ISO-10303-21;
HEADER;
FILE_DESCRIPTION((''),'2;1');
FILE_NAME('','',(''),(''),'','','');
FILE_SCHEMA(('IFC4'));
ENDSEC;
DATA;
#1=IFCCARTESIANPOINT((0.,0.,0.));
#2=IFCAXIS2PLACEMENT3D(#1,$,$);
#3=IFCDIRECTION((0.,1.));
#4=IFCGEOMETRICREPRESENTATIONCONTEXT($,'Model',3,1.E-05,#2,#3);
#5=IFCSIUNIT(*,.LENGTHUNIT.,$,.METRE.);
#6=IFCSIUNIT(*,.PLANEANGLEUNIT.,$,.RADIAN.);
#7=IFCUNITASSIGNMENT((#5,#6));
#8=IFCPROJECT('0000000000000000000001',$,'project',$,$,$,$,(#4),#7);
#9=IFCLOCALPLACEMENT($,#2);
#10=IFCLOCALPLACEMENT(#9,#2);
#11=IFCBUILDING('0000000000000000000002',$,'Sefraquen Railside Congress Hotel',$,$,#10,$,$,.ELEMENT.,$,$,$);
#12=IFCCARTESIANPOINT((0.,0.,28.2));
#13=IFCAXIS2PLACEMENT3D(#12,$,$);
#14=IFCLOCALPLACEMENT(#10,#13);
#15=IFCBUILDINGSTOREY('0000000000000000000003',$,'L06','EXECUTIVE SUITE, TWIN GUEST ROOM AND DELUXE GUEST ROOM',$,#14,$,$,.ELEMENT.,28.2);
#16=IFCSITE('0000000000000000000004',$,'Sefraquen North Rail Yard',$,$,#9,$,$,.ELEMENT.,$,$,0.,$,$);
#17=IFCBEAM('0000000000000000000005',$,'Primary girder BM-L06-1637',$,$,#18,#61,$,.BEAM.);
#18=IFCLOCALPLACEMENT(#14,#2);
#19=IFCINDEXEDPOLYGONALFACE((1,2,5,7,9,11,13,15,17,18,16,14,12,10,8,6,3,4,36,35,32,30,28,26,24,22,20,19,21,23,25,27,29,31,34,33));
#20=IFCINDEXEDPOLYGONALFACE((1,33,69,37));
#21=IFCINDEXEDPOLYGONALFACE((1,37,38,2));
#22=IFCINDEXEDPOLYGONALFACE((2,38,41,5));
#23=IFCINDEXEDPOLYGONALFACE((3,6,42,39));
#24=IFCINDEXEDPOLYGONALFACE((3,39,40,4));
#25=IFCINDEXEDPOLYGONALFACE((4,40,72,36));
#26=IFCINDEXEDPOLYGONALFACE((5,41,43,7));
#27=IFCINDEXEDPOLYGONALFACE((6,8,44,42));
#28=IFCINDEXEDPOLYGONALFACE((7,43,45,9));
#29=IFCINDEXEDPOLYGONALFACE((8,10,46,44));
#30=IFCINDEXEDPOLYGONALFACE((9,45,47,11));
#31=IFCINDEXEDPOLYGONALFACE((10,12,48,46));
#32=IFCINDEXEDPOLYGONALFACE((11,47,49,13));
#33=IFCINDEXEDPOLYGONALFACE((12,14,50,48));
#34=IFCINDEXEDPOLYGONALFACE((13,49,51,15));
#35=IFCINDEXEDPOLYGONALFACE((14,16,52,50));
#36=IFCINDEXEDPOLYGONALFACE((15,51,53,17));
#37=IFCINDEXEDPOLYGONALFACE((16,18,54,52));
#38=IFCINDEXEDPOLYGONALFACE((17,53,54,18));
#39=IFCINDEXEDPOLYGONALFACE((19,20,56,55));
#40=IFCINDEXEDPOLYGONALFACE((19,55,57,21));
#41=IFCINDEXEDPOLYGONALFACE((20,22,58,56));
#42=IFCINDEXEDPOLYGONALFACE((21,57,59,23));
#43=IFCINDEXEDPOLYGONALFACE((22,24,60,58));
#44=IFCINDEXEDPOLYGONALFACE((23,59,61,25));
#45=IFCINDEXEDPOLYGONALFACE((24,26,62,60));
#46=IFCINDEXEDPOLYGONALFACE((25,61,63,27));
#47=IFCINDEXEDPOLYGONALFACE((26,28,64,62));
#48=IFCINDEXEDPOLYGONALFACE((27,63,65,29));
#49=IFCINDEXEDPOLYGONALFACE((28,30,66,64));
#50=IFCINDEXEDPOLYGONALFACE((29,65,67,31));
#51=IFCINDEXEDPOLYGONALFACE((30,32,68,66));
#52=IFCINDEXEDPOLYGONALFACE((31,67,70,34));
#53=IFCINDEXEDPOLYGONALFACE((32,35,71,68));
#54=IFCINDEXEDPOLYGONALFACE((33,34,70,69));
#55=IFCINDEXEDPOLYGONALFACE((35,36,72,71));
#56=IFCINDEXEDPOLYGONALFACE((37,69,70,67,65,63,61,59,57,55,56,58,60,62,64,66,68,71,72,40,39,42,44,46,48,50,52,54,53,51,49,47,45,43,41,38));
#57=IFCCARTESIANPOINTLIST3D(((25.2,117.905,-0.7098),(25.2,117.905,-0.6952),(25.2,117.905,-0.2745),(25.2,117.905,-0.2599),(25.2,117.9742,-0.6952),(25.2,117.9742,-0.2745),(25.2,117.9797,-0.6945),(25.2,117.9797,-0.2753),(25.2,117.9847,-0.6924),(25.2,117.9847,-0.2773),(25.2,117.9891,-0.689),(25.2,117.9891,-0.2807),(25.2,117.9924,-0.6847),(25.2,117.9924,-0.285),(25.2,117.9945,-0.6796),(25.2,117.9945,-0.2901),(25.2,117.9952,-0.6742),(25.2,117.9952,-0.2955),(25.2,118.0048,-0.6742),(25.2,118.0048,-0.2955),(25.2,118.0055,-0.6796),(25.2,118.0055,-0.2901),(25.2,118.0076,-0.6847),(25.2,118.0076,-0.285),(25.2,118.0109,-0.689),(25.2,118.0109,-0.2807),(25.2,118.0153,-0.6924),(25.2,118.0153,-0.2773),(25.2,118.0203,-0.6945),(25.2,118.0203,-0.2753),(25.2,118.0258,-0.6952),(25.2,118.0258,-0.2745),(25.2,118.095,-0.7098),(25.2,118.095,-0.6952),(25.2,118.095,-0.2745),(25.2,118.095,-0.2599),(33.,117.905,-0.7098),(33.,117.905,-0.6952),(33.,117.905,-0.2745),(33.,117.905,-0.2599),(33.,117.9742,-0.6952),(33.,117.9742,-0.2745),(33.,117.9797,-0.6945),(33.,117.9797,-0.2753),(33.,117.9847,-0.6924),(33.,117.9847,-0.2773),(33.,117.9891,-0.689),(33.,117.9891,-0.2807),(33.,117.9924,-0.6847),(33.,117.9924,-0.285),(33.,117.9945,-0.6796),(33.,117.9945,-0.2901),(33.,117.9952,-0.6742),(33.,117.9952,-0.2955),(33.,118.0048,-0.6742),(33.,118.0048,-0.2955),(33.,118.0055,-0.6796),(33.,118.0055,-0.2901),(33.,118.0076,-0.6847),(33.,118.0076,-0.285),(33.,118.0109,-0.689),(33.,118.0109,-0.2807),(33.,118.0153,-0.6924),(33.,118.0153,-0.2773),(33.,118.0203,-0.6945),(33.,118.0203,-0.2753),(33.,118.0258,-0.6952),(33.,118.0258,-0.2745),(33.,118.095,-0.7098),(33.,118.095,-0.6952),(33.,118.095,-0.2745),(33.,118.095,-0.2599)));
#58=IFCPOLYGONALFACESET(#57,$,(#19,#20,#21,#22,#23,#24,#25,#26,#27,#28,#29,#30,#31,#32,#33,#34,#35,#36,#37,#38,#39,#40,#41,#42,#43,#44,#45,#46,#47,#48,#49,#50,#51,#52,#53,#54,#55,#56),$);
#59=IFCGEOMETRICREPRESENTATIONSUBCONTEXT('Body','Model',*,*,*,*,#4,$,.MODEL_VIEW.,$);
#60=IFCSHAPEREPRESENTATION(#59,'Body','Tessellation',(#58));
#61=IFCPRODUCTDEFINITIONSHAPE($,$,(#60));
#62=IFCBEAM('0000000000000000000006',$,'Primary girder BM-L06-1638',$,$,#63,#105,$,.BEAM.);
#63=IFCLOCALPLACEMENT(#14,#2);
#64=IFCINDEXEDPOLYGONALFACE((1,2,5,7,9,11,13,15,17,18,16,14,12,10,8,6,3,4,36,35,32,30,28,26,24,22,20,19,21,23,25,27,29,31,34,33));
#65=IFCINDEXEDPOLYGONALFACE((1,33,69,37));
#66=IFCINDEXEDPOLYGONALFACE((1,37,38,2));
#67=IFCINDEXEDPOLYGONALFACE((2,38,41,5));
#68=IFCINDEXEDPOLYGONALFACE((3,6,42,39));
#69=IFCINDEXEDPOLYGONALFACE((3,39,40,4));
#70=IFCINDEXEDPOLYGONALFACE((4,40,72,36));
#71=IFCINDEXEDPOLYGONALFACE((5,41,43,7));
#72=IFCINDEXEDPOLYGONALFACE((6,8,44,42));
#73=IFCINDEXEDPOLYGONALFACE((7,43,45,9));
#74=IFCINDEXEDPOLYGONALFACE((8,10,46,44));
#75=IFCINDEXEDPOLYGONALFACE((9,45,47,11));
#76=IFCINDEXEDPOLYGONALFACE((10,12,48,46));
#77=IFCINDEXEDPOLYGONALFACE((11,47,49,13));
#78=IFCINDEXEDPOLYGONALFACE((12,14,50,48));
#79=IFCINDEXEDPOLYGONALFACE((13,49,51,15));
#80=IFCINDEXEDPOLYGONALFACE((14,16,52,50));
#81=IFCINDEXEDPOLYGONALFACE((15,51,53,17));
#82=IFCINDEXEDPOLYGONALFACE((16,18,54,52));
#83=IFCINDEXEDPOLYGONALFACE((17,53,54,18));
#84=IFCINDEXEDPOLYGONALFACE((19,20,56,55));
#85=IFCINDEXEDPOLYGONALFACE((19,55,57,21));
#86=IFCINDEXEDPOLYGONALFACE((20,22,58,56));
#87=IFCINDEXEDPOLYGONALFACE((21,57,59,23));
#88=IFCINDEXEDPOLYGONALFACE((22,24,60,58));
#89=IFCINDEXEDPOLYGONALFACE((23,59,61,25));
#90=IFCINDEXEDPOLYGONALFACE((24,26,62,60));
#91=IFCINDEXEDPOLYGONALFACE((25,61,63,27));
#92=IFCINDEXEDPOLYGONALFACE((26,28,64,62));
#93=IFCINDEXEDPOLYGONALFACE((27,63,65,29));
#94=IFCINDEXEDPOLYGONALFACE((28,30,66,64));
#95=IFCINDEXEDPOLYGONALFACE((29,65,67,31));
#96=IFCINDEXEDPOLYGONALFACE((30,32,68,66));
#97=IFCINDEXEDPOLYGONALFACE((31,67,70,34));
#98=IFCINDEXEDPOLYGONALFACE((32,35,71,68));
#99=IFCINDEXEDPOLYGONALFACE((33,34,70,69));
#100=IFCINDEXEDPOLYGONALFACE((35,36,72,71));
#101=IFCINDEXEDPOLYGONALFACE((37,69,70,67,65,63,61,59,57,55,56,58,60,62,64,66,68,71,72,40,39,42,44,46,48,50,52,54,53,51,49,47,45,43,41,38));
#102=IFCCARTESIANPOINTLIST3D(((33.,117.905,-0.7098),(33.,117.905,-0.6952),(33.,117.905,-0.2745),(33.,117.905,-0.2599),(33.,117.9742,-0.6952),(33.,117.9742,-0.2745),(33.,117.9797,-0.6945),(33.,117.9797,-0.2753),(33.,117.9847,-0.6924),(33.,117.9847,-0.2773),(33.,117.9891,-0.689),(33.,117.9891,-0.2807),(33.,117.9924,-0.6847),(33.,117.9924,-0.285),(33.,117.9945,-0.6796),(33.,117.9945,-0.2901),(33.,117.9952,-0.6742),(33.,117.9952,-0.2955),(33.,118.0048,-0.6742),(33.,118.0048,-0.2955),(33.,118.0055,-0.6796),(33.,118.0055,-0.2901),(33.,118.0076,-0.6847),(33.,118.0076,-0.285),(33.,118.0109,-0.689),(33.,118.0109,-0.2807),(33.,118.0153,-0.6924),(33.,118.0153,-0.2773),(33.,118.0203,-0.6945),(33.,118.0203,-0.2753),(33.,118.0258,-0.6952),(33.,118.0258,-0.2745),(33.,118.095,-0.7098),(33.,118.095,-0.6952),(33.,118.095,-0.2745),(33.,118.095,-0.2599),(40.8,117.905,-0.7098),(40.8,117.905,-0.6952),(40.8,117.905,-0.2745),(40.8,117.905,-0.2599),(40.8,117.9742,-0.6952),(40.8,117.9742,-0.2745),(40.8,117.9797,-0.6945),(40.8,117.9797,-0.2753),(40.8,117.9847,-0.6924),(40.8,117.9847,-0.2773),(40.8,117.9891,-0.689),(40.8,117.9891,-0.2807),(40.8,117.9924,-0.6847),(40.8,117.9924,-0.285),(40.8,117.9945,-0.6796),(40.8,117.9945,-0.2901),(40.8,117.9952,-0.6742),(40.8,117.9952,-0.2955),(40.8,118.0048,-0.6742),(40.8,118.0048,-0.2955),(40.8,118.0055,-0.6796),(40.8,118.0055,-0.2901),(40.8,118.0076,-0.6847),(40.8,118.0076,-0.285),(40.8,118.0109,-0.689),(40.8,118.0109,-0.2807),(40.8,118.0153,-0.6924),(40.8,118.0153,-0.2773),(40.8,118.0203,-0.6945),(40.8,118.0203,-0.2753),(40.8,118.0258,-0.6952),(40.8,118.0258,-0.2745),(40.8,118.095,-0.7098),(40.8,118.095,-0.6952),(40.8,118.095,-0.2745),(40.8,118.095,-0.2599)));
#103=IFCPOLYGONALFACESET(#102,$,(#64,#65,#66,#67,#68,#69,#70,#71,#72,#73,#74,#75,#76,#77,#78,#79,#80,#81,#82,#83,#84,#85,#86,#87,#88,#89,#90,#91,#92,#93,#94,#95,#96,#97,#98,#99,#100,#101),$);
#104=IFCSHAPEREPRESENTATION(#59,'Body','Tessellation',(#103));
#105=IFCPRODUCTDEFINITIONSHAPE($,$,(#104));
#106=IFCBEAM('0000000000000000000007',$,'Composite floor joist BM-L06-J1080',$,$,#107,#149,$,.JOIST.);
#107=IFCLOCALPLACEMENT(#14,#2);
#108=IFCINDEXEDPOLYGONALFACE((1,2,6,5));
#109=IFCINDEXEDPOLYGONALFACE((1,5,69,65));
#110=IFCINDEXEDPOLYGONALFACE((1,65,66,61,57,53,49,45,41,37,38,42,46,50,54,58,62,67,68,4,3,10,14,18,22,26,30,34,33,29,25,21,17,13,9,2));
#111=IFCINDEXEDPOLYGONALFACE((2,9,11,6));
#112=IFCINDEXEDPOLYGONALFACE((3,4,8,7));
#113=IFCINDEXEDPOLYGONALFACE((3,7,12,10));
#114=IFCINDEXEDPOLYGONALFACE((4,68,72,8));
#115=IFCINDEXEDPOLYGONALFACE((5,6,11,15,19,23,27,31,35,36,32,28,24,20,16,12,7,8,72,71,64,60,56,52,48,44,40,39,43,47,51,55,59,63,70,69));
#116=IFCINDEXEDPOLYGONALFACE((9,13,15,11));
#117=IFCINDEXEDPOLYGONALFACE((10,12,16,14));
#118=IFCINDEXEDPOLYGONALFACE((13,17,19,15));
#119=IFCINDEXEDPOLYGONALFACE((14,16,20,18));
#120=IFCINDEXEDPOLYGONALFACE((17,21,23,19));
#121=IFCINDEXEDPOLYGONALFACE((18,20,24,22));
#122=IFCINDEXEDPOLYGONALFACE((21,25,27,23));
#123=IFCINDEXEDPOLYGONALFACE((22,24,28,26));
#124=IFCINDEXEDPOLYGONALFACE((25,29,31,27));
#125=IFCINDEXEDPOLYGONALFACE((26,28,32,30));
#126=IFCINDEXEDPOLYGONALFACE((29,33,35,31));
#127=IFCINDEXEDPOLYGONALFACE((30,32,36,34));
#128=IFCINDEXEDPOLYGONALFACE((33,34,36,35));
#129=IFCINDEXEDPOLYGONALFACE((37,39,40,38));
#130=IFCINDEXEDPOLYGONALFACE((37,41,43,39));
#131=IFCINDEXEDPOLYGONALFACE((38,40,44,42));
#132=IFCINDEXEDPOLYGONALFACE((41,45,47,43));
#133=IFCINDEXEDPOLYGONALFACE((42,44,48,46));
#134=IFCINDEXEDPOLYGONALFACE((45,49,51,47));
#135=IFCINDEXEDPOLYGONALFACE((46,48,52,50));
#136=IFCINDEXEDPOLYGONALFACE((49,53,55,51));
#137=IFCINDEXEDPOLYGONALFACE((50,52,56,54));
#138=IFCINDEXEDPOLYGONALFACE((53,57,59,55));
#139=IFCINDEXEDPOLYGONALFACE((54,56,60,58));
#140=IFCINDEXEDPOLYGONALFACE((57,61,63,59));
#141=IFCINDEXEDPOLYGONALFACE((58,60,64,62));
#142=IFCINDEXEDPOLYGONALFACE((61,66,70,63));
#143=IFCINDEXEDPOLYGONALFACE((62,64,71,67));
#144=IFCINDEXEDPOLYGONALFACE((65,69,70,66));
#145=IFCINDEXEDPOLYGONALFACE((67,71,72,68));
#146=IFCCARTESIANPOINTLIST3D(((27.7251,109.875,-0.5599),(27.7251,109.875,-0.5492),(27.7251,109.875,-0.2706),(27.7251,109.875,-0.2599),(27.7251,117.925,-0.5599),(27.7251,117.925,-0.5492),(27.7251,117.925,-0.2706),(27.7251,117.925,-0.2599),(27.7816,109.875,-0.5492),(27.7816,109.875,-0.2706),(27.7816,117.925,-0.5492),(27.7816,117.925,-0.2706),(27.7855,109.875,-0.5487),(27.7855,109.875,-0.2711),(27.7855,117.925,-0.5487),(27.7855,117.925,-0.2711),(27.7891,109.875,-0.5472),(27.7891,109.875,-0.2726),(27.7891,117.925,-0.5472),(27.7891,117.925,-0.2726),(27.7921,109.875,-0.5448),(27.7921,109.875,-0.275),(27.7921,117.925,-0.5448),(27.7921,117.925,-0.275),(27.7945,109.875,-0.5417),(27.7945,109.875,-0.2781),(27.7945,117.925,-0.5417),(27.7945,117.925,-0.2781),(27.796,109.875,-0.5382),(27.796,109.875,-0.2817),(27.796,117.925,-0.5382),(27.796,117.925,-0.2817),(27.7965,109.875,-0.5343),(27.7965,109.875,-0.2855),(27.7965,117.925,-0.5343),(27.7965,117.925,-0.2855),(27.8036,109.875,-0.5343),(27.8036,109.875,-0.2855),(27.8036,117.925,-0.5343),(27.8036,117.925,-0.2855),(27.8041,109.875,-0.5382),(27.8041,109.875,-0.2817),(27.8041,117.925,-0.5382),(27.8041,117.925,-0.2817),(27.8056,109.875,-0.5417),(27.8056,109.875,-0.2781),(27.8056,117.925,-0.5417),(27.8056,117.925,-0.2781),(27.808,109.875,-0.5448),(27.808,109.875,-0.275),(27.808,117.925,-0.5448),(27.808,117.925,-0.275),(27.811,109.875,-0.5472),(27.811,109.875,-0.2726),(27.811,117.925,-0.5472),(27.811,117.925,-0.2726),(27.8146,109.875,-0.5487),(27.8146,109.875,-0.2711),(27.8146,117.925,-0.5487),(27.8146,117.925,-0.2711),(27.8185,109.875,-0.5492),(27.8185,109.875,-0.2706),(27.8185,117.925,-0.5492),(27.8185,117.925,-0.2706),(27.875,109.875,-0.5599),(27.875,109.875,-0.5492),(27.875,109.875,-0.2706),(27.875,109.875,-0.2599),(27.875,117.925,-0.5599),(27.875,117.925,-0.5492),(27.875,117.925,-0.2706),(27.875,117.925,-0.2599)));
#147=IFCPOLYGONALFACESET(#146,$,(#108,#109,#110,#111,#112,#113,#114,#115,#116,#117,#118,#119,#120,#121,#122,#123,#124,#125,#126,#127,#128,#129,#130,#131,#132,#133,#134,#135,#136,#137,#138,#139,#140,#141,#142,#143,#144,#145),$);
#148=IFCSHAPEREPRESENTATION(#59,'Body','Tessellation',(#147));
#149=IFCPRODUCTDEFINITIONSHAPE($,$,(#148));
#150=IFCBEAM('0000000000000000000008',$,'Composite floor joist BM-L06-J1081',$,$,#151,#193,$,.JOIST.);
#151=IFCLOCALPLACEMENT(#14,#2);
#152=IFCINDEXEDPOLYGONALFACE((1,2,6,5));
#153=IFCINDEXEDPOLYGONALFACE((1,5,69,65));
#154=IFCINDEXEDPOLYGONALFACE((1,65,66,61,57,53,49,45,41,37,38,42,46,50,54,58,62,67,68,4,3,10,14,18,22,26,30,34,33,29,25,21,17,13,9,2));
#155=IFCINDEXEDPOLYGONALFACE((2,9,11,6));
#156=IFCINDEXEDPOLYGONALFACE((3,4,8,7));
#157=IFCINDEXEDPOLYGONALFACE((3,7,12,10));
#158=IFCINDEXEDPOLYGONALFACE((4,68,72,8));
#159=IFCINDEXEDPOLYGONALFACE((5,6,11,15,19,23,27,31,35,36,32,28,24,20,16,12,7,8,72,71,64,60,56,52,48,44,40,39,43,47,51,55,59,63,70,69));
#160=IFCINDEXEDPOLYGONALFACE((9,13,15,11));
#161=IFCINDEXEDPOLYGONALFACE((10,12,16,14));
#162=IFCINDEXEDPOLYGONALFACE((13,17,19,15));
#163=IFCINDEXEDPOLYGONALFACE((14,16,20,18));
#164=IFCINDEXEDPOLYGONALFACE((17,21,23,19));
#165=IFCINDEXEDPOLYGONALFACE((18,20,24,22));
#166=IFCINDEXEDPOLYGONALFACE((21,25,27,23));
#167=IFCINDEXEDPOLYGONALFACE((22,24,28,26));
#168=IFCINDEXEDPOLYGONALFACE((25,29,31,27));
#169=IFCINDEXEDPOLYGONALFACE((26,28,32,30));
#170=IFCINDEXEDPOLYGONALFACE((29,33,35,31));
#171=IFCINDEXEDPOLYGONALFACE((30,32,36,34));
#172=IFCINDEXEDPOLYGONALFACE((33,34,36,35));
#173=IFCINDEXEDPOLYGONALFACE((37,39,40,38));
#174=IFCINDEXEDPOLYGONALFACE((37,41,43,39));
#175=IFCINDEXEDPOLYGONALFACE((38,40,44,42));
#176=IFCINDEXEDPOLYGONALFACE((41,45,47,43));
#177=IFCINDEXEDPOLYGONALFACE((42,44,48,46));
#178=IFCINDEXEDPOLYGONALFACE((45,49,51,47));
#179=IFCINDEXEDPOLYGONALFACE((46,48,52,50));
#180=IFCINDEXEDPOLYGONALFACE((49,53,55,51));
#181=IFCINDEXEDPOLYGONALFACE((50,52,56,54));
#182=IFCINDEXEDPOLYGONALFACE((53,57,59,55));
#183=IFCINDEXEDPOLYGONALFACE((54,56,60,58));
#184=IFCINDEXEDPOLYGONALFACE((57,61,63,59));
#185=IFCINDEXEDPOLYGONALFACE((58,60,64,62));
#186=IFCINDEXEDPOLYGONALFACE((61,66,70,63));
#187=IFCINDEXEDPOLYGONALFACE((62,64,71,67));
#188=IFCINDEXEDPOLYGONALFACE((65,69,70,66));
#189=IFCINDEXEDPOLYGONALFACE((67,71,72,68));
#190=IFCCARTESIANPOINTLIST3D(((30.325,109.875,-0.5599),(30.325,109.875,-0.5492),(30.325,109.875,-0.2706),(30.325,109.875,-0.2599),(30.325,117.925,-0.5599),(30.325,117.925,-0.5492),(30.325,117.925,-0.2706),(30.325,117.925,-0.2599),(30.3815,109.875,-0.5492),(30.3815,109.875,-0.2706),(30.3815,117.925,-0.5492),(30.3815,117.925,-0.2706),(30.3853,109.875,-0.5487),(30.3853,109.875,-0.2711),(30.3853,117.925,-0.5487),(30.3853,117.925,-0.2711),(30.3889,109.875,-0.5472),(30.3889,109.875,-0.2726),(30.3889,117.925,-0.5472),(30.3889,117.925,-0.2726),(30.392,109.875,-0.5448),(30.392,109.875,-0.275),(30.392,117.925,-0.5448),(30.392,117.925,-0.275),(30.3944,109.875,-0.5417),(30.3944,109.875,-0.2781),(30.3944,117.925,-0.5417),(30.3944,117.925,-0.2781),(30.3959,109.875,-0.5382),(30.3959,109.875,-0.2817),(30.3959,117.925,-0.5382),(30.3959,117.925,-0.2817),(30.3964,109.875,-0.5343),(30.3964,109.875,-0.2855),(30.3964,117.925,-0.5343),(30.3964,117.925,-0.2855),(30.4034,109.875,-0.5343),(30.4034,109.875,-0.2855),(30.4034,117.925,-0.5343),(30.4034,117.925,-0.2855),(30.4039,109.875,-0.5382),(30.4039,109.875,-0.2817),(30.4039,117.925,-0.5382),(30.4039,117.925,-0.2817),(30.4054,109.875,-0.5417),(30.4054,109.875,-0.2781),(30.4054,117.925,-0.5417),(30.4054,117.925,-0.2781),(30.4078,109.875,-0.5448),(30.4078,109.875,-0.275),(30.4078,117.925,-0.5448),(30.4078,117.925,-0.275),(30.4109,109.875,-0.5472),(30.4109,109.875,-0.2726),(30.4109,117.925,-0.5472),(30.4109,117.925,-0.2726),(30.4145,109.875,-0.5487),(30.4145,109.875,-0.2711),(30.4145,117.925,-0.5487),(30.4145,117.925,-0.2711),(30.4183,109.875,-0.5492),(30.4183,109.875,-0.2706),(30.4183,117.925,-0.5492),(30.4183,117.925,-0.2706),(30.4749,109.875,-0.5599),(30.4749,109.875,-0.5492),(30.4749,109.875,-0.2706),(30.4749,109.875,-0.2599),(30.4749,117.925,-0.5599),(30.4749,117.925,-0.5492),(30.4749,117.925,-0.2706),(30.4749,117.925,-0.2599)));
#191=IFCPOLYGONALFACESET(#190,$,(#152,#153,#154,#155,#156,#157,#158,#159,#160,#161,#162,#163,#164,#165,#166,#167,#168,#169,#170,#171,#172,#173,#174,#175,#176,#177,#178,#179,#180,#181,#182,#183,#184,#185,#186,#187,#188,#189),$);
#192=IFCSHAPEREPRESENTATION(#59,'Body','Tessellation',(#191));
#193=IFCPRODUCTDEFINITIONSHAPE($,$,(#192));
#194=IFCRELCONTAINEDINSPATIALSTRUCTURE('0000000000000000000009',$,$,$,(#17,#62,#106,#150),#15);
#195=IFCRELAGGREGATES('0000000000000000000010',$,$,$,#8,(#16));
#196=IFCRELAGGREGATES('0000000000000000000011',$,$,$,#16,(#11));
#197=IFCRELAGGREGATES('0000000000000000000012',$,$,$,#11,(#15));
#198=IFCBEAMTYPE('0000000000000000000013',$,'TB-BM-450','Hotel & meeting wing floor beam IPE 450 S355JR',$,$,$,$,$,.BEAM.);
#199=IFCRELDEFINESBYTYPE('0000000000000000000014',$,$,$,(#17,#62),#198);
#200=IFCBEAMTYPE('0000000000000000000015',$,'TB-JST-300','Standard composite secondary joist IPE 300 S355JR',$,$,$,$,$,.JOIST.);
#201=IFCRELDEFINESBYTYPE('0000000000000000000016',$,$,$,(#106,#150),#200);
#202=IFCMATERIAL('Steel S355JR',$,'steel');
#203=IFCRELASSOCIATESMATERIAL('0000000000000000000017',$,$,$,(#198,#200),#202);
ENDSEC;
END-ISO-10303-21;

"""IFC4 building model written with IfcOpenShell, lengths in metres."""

from ifc_helpers import new_model, si_unit, direction, frame, origin, origin_2d, place, context, subcontext, project, spatial, i_section, extrude, material, material_profile, profile_set, type_object, element, save


model = new_model("IFC4")

# Units and contexts
model_context = context("Model", 3, precision=1e-05, world=origin(), true_north=direction((0.0, 1.0)))
body_context = subcontext(model_context, "Body", "Model", "MODEL_VIEW")
ifc_project = project(units=[si_unit("LENGTHUNIT", "METRE"), si_unit("PLANEANGLEUNIT", "RADIAN")], contexts=[model_context])

# Site, building, storey
site_placement = place(None, origin())
site = spatial("IfcSite", under=ifc_project, at=site_placement, Name="Sefraquen North Rail Yard", CompositionType="ELEMENT", RefElevation=0.0)
building_placement = place(site_placement, origin())
building = spatial("IfcBuilding", under=site, at=building_placement, Name="Sefraquen Railside Congress Hotel", CompositionType="ELEMENT")
storey_placement = place(building_placement, frame((0.0, 0.0, 28.2)))
storey = spatial("IfcBuildingStorey", under=building, at=storey_placement, Name="L06", Description="EXECUTIVE SUITE, TWIN GUEST ROOM AND DELUXE GUEST ROOM", CompositionType="ELEMENT", Elevation=28.2)

# Shared definitions
ifc_material_1 = material(Name="Steel S355JR", Category="steel")

# Beams
ifc_material_profile_1 = material_profile(ifc_material_1, i_section(OverallWidth=0.1899, OverallDepth=0.45, WebThickness=0.0095, FlangeThickness=0.0146, FilletRadius=0.021, at=origin_2d()), Name="IPE 450")
ifc_profile_set_1 = profile_set([ifc_material_profile_1], Name="Steel S355JR")
beam_type_1 = type_object("IfcBeamType", Name="TB-BM-450", Description="Hotel & meeting wing floor beam IPE 450 S355JR", PredefinedType="BEAM", material=ifc_profile_set_1)
for number, where, z_axis, x_axis, name in (
    (1, (25.2, 118.0, -0.4849), (1.0, 0.0, 0.0), (0.0, 1.0, 0.0), "Primary girder BM-L06-1637"),
    (2, (33.0, 118.0, -0.4849), (1.0, 0.0, 0.0), (0.0, 1.0, 0.0), "Primary girder BM-L06-1638"),
):
    element("IfcBeam", number, at=place(storey_placement, frame(where, z_axis=z_axis, x_axis=x_axis)), inside=storey, type_object=beam_type_1, Name=name, PredefinedType="BEAM", context=body_context, shape_type="SweptSolid", body=[
        extrude(i_section(OverallWidth=0.1899, OverallDepth=0.45, WebThickness=0.0095, FlangeThickness=0.0146, FilletRadius=0.021, at=origin_2d()), origin(), (0.0, 0.0, 1.0), 7.8),
    ])
ifc_material_profile_2 = material_profile(ifc_material_1, i_section(OverallWidth=0.1499, OverallDepth=0.3, WebThickness=0.0071, FlangeThickness=0.0107, FilletRadius=0.0149, at=origin_2d()), Name="IPE 300")
ifc_profile_set_2 = profile_set([ifc_material_profile_2], Name="Steel S355JR")
beam_type_2 = type_object("IfcBeamType", Name="TB-JST-300", Description="Standard composite secondary joist IPE 300 S355JR", PredefinedType="JOIST", material=ifc_profile_set_2)
for number, where, z_axis, x_axis, name in (
    (3, (27.8, 109.875, -0.4099), (0.0, 1.0, 0.0), (-1.0, 0.0, 0.0), "Composite floor joist BM-L06-J1080"),
    (4, (30.3999, 109.875, -0.4099), (0.0, 1.0, 0.0), (-1.0, 0.0, 0.0), "Composite floor joist BM-L06-J1081"),
):
    element("IfcBeam", number, at=place(storey_placement, frame(where, z_axis=z_axis, x_axis=x_axis)), inside=storey, type_object=beam_type_2, Name=name, PredefinedType="JOIST", context=body_context, shape_type="SweptSolid", body=[
        extrude(i_section(OverallWidth=0.1499, OverallDepth=0.3, WebThickness=0.0071, FlangeThickness=0.0107, FilletRadius=0.0149, at=origin_2d()), origin(), (0.0, 0.0, 1.0), 8.05),
    ])

save(model, "model.ifc")
